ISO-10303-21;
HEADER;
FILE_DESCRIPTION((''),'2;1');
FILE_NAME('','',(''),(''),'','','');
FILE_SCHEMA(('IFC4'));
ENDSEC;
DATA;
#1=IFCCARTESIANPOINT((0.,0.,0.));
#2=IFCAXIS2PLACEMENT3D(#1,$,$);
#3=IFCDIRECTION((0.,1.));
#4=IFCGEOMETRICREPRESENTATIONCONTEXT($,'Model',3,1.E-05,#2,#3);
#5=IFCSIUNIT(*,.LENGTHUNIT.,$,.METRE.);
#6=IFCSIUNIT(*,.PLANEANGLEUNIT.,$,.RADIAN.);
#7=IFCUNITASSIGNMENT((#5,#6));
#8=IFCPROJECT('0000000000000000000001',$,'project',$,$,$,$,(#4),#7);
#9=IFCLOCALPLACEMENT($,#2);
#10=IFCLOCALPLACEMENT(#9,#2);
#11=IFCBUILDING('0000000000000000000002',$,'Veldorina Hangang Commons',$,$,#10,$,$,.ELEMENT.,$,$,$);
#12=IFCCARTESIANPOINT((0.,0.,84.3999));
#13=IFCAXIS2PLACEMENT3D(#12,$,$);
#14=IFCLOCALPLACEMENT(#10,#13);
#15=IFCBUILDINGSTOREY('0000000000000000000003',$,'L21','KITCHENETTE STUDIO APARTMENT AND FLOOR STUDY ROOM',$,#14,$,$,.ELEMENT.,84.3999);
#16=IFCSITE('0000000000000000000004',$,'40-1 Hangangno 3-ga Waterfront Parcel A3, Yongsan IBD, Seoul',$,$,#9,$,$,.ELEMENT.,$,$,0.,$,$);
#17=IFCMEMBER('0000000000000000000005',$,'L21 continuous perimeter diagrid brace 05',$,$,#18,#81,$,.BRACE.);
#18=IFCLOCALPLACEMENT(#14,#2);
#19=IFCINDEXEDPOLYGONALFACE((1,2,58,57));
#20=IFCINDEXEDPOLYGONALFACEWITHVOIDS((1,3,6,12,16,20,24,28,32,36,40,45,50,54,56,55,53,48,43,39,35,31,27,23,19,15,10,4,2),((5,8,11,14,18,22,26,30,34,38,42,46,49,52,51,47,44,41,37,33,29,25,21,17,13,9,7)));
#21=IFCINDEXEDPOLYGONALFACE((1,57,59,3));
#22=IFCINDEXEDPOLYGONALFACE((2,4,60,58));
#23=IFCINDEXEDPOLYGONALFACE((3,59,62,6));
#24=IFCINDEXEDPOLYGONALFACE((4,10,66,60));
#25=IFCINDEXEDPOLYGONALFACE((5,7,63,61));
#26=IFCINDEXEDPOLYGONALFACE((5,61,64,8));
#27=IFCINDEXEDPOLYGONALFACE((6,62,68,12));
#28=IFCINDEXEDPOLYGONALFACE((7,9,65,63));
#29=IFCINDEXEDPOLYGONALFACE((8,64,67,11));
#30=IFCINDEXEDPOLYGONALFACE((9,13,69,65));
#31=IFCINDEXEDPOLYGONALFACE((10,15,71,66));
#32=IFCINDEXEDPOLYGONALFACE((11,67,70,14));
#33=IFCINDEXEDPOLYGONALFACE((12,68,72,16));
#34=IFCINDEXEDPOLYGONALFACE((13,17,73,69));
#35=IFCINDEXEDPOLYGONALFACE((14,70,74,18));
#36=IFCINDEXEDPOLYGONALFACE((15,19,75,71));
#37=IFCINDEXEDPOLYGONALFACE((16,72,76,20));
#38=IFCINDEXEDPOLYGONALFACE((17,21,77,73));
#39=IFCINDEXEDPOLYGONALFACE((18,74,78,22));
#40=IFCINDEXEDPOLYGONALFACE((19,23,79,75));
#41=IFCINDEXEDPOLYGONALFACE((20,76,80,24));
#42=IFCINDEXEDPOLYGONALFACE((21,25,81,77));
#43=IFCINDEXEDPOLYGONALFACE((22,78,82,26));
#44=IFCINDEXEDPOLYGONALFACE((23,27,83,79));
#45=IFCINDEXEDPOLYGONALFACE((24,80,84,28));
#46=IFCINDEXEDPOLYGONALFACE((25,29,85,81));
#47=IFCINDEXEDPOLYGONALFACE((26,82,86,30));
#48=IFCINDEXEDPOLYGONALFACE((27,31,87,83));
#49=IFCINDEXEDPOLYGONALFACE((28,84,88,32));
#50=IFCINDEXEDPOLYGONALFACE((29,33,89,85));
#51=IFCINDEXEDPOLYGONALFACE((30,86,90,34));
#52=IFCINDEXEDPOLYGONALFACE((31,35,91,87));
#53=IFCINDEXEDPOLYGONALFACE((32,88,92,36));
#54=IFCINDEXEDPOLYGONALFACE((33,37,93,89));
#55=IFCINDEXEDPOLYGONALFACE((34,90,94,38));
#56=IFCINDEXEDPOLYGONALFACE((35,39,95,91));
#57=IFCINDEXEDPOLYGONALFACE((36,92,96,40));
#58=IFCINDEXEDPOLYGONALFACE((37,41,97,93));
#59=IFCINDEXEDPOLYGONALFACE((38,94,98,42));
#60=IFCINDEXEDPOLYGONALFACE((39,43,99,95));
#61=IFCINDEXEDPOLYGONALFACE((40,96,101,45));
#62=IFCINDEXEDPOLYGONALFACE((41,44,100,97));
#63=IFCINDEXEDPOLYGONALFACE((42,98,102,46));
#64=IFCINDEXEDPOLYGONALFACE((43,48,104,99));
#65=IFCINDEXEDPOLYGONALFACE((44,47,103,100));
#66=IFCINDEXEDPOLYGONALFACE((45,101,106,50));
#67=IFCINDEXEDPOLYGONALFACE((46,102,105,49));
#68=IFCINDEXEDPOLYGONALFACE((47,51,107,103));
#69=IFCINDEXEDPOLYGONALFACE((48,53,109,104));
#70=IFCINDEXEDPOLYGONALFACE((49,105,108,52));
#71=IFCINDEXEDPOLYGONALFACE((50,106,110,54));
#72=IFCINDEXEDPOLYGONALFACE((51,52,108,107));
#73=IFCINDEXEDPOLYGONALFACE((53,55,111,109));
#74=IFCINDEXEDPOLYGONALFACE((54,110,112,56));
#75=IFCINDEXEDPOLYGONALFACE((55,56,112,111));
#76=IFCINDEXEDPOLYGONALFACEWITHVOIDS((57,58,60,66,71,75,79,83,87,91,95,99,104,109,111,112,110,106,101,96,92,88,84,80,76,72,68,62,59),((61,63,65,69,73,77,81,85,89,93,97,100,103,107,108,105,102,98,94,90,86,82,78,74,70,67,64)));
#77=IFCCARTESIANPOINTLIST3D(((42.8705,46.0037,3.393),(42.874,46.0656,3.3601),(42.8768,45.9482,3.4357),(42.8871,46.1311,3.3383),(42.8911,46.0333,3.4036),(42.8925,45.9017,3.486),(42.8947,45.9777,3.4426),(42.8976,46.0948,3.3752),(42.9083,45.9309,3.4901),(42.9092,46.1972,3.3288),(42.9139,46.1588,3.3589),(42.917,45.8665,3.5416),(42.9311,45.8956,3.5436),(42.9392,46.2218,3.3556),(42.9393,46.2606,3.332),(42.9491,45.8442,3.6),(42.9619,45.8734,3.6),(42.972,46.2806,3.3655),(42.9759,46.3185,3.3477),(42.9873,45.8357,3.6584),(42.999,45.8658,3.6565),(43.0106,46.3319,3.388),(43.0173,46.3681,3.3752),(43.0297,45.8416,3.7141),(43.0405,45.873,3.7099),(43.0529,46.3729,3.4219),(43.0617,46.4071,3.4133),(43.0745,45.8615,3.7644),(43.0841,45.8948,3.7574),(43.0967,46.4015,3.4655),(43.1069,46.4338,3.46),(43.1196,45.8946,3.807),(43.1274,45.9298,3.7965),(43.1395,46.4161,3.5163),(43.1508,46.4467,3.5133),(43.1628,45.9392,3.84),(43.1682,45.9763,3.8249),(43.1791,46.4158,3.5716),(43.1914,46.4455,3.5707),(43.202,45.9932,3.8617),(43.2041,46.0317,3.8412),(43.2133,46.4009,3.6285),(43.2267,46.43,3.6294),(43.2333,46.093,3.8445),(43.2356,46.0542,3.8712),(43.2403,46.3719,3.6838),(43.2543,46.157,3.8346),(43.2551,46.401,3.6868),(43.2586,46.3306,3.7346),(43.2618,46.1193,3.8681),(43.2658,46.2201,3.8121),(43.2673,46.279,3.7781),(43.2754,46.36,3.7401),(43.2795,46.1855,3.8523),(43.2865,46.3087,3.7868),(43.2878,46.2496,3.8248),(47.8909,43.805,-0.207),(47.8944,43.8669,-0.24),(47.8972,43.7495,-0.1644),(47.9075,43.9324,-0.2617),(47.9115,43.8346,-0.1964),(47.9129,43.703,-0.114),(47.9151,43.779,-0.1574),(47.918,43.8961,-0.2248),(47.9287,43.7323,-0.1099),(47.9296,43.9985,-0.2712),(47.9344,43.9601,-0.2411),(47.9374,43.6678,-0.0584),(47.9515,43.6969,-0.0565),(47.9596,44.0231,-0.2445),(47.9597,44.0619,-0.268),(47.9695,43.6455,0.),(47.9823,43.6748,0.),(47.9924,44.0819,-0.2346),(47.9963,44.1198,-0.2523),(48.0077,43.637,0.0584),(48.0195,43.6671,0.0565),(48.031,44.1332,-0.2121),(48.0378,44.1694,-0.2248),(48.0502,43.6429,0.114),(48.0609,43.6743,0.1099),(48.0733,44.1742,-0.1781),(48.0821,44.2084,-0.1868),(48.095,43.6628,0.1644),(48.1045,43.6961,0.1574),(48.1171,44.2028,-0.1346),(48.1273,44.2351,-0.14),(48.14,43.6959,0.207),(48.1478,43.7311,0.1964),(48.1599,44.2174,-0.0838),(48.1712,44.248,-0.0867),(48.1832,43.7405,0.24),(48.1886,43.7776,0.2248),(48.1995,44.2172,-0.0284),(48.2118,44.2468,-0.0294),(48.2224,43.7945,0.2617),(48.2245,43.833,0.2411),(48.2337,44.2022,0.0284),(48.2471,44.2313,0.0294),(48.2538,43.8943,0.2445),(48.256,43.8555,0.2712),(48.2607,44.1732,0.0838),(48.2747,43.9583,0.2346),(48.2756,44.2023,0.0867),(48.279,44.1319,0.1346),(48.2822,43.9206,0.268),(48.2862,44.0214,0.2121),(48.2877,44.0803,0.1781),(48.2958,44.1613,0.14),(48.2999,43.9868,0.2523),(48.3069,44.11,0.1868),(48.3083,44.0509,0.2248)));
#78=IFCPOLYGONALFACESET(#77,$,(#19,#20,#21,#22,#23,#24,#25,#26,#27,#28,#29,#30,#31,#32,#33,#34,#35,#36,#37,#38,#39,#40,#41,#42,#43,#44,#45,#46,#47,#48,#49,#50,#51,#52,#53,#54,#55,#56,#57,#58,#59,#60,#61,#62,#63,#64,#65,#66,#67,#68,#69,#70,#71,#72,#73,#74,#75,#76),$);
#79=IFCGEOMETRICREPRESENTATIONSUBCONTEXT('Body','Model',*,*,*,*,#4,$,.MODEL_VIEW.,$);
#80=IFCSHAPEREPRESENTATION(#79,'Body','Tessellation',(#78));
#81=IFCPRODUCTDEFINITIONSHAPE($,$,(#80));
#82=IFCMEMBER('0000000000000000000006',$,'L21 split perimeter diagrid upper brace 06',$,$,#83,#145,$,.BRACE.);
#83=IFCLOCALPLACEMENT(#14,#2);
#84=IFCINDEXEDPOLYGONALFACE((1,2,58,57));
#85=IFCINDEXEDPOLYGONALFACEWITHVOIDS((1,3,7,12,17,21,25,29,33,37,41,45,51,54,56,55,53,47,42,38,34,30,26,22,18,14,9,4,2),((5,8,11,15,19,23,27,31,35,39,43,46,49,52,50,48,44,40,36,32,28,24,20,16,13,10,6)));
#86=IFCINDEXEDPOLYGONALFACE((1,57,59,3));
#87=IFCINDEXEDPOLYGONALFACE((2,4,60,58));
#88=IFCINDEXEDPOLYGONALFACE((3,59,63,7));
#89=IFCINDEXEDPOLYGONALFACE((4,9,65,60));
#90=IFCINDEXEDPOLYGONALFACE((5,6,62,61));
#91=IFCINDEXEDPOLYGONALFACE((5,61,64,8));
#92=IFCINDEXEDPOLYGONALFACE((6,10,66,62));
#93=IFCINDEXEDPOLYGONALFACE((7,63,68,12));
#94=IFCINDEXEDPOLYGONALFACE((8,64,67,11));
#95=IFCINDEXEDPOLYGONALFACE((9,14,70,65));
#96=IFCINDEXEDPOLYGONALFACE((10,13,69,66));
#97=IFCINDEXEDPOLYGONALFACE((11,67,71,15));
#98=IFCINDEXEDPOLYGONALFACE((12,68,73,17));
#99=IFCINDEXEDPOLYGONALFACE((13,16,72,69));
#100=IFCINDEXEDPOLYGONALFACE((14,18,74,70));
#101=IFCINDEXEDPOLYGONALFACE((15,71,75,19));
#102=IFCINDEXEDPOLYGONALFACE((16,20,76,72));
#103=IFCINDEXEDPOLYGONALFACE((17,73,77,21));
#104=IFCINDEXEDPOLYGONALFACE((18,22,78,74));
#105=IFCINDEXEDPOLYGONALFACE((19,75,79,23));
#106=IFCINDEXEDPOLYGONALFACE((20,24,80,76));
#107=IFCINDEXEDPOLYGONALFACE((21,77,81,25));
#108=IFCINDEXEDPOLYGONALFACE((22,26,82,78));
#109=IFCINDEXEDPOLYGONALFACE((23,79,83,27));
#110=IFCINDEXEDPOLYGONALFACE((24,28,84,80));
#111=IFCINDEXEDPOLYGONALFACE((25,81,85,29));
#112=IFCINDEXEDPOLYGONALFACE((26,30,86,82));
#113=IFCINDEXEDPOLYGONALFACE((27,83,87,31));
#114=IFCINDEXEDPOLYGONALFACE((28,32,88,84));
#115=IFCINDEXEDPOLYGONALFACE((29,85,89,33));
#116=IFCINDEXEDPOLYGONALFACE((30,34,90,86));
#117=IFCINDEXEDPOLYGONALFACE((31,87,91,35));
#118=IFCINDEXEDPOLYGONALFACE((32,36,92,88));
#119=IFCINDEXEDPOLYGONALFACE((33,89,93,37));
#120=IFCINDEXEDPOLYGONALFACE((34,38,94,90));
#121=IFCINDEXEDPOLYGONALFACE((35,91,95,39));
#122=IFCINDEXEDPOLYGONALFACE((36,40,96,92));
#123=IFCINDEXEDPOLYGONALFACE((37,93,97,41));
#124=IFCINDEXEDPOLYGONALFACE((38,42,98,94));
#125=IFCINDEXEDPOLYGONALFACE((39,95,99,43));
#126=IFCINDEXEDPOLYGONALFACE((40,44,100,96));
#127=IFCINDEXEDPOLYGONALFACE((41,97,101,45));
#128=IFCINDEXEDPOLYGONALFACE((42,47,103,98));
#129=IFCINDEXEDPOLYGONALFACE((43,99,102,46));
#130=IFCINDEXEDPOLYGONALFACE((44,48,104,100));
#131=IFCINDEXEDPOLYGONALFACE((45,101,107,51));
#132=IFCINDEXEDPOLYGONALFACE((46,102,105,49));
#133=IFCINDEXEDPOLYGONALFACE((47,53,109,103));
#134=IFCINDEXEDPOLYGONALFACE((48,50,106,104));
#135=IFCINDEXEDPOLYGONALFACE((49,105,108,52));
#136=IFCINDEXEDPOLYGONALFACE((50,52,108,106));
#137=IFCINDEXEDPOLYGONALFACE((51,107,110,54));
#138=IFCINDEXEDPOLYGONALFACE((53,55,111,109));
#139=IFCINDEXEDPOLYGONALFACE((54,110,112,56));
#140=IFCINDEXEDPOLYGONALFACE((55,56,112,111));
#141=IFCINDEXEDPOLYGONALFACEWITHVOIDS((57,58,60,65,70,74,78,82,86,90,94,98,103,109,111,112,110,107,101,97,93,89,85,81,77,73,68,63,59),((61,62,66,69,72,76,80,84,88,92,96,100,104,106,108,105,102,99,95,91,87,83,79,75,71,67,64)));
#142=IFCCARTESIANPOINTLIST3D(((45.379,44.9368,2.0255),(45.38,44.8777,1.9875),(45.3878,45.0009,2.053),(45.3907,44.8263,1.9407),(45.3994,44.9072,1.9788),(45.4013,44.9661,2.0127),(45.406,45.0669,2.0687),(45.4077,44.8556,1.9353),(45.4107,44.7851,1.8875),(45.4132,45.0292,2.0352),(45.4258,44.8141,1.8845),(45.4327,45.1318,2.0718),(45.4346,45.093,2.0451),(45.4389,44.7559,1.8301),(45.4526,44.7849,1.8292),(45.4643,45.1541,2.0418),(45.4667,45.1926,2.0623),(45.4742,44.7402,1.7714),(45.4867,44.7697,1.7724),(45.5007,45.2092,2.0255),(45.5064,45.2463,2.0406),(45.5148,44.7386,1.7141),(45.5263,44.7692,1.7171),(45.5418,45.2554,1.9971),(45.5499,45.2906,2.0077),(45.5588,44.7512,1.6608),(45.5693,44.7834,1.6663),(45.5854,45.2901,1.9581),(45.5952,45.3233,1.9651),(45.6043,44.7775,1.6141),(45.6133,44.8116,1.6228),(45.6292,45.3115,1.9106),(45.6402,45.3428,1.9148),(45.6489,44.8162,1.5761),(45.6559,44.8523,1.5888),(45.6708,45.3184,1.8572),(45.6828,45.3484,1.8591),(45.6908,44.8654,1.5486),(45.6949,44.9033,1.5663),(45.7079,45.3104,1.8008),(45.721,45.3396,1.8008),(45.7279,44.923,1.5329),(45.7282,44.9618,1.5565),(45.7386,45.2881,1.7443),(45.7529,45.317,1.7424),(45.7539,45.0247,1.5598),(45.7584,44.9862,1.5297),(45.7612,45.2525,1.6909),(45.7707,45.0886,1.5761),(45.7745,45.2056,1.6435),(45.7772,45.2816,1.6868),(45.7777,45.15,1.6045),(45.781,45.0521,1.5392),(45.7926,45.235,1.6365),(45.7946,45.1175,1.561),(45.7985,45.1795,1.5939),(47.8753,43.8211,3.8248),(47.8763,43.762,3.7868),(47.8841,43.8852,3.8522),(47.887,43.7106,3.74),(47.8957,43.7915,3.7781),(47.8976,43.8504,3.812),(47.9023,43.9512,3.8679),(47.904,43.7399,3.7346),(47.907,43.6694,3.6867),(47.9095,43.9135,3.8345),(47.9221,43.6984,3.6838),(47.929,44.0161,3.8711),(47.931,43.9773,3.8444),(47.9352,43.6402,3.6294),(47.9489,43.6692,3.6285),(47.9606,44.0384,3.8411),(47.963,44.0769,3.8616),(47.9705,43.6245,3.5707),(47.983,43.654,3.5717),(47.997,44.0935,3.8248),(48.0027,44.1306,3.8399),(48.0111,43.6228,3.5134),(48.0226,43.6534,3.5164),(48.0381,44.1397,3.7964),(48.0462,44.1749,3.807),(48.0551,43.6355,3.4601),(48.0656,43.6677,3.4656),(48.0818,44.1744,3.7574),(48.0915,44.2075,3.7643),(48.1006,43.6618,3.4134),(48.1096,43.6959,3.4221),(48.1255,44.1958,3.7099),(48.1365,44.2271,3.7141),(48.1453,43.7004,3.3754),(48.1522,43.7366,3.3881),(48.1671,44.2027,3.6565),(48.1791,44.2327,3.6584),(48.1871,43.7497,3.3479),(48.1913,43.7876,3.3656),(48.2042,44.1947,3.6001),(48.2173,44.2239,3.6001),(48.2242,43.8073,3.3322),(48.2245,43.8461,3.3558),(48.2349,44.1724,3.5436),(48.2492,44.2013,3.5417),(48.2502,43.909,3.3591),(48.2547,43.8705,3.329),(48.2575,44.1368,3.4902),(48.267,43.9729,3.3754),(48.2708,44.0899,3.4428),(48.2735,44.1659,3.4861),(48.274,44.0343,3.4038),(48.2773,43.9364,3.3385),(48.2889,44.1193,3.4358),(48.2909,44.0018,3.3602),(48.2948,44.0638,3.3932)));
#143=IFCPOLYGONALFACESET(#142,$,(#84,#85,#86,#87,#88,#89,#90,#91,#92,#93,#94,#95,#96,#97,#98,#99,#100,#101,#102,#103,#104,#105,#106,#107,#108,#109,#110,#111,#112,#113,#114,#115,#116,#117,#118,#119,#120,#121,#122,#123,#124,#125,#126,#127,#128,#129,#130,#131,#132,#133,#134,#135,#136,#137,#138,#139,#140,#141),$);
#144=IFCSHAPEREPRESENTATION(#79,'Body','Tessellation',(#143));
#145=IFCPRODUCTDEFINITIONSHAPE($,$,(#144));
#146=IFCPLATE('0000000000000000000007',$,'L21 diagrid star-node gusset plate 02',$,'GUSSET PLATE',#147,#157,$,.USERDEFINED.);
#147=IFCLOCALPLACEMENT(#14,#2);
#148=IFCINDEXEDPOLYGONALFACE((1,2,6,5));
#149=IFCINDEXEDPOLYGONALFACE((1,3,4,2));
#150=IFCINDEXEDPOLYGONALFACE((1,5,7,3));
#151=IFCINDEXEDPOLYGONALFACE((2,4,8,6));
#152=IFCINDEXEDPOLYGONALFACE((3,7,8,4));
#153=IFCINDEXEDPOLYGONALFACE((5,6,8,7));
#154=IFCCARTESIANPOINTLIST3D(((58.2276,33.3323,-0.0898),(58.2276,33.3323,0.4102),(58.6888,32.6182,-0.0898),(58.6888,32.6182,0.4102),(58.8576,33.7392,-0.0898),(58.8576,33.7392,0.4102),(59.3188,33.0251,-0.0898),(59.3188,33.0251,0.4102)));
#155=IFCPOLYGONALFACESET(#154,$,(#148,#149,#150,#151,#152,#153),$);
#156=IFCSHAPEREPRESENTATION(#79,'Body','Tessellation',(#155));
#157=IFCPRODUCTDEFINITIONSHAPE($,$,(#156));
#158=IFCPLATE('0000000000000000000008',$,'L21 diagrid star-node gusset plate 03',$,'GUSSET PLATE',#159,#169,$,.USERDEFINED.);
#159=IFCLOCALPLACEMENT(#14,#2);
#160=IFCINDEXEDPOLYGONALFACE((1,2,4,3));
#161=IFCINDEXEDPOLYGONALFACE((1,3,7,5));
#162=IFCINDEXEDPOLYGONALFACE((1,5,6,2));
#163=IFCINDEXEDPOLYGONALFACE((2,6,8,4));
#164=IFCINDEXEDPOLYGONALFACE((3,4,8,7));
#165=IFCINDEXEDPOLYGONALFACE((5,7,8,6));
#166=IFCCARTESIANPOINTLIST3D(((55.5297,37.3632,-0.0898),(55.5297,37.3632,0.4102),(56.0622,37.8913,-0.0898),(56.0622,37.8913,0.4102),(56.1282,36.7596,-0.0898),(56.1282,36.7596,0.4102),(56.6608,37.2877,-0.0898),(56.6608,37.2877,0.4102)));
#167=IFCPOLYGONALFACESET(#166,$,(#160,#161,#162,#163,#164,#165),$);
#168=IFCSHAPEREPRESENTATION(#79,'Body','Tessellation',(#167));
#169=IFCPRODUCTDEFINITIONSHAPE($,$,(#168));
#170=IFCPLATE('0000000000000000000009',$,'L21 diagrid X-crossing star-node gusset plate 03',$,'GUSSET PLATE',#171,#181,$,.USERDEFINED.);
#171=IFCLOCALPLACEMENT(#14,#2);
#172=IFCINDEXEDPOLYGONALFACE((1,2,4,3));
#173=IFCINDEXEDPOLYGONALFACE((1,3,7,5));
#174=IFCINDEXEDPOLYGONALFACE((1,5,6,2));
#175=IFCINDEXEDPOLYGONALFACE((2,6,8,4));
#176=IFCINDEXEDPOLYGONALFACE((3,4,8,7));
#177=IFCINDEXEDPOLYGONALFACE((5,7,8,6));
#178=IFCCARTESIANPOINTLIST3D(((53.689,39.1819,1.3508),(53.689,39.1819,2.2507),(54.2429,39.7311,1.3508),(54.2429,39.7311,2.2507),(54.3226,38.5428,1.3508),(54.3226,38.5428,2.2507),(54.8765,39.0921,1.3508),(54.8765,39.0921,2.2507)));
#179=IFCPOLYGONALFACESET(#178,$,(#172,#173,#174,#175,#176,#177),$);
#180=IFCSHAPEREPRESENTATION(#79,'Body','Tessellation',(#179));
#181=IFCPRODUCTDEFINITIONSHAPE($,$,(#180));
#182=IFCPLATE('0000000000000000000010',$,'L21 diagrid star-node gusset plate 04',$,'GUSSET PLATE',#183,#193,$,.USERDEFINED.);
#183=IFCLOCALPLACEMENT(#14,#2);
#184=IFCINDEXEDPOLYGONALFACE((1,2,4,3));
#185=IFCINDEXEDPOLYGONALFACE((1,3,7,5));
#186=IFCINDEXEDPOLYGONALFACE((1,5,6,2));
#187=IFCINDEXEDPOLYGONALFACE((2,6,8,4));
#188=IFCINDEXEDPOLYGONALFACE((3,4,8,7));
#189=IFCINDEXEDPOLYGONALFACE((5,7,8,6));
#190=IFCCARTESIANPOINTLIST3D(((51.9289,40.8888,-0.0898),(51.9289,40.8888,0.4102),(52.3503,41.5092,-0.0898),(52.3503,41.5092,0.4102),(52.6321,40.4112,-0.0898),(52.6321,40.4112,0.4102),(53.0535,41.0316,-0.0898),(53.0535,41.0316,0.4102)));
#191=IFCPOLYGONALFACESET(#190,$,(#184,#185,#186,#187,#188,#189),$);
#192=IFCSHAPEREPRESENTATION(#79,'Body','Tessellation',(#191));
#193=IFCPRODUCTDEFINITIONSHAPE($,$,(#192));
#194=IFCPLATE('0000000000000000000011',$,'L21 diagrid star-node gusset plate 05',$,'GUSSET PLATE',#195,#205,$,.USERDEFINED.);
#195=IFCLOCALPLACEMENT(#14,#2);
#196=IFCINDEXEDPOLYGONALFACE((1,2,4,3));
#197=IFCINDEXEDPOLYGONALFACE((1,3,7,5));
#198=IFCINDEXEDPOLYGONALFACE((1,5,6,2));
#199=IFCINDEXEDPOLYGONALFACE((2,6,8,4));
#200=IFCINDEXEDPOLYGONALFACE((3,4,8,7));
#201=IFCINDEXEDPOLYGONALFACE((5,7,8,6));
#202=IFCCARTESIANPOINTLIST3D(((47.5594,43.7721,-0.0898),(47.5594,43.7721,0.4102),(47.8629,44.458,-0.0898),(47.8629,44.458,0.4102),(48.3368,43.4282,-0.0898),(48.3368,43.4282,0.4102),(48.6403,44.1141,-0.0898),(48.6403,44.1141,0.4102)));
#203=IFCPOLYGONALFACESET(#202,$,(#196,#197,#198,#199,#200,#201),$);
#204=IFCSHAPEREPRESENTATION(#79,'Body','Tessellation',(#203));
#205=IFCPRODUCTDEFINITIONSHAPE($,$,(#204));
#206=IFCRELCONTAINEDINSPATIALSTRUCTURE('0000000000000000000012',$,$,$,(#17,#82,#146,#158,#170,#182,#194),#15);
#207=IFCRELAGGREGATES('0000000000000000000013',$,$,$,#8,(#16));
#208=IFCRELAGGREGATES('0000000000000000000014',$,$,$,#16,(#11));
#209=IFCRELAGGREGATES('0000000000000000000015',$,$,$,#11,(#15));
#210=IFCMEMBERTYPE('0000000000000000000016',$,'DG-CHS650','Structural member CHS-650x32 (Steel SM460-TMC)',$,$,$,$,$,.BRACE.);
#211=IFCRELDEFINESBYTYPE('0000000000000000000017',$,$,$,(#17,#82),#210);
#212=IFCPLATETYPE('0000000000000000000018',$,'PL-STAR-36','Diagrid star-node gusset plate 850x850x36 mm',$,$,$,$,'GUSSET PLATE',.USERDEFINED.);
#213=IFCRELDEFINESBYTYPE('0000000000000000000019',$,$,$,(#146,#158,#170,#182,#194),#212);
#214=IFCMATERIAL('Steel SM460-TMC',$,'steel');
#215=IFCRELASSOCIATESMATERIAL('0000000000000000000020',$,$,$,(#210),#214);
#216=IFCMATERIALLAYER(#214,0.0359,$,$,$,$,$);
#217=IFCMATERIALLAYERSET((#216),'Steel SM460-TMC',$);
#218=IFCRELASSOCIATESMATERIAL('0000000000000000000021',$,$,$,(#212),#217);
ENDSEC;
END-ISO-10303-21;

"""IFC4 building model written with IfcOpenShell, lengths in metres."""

from ifc_helpers import new_model, si_unit, direction, frame, origin, origin_2d, place, context, subcontext, project, spatial, rectangle, hollow_circle, extrude, material, layer, layer_set, material_profile, profile_set, type_object, element, save


model = new_model("IFC4")

# Units and contexts
model_context = context("Model", 3, precision=1e-05, world=origin(), true_north=direction((0.0, 1.0)))
body_context = subcontext(model_context, "Body", "Model", "MODEL_VIEW")
ifc_project = project(units=[si_unit("LENGTHUNIT", "METRE"), si_unit("PLANEANGLEUNIT", "RADIAN")], contexts=[model_context])

# Site, building, storey
site_placement = place(None, origin())
site = spatial("IfcSite", under=ifc_project, at=site_placement, Name="40-1 Hangangno 3-ga Waterfront Parcel A3, Yongsan IBD, Seoul", CompositionType="ELEMENT", RefElevation=0.0)
building_placement = place(site_placement, origin())
building = spatial("IfcBuilding", under=site, at=building_placement, Name="Veldorina Hangang Commons", CompositionType="ELEMENT")
storey_placement = place(building_placement, frame((0.0, 0.0, 84.3999)))
storey = spatial("IfcBuildingStorey", under=building, at=storey_placement, Name="L21", Description="KITCHENETTE STUDIO APARTMENT AND FLOOR STUDY ROOM", CompositionType="ELEMENT", Elevation=84.3999)

# Members
ifc_material_1 = material(Name="Steel SM460-TMC", Category="steel")
ifc_material_profile_1 = material_profile(ifc_material_1, hollow_circle(Radius=0.325, WallThickness=0.032, at=origin_2d()), Name="CHS-650x32")
ifc_profile_set_1 = profile_set([ifc_material_profile_1], Name="Steel SM460-TMC")
member_type = type_object("IfcMemberType", Name="DG-CHS650", Description="Structural member CHS-650x32 (Steel SM460-TMC)", PredefinedType="BRACE", material=ifc_profile_set_1)
member_1_placement = place(storey_placement, frame((48.0999, 43.9431, 0.0), z_axis=(-0.765615, 0.335301, 0.549006), x_axis=(-0.401165, -0.916006, 0.0)))
element("IfcMember", 1, at=member_1_placement, inside=storey, type_object=member_type, Name="L21 continuous perimeter diagrid brace 05", PredefinedType="BRACE", context=body_context, shape_type="SweptSolid", body=[
    extrude(hollow_circle(Radius=0.325, WallThickness=0.032, at=origin_2d()), origin(), (0.0, 0.0, 1.0), 6.5574),
])
member_2_placement = place(storey_placement, frame((45.5884, 45.043, 1.8008), z_axis=(0.762651, -0.340862, 0.549706), x_axis=(0.408043, 0.912963, 0.0)))
element("IfcMember", 2, at=member_2_placement, inside=storey, type_object=member_type, Name="L21 split perimeter diagrid upper brace 06", PredefinedType="BRACE", context=body_context, shape_type="SweptSolid", body=[
    extrude(hollow_circle(Radius=0.325, WallThickness=0.032, at=origin_2d()), origin(), (0.0, 0.0, 1.0), 3.2732),
])

# Plates
ifc_layer_1 = layer(ifc_material_1, 0.0359)
ifc_layer_set_1 = layer_set([ifc_layer_1], Name="Steel SM460-TMC")
plate_type = type_object("IfcPlateType", Name="PL-STAR-36", Description="Diagrid star-node gusset plate 850x850x36 mm", ElementType="GUSSET PLATE", PredefinedType="USERDEFINED", material=ifc_layer_set_1)
for number, where, z_axis, x_axis, name in (
    (3, (58.7732, 33.1787, -0.0898), (0.0, 0.0, 1.0), (-0.5425, 0.840056, 0.0), "L21 diagrid star-node gusset plate 02"),
    (4, (56.0952, 37.3254, -0.0898), (0.0, 0.0, 1.0), (-0.704101, 0.710099, 0.0), "L21 diagrid star-node gusset plate 03"),
):
    element("IfcPlate", number, at=place(storey_placement, frame(where, z_axis=z_axis, x_axis=x_axis)), inside=storey, type_object=plate_type, Name=name, ObjectType="GUSSET PLATE", PredefinedType="USERDEFINED", context=body_context, shape_type="SweptSolid", body=[
        extrude(rectangle(XDim=0.8501, YDim=0.75, at=origin_2d()), origin(), (0.0, 0.0, 1.0), 0.5),
    ])
plate_1_placement = place(storey_placement, frame((54.2827, 39.137, 1.3508), z_axis=(0.0, 0.0, 1.0), x_axis=(-0.704101, 0.710099, 0.0)))
element("IfcPlate", 5, at=plate_1_placement, inside=storey, type_object=plate_type, Name="L21 diagrid X-crossing star-node gusset plate 03", ObjectType="GUSSET PLATE", PredefinedType="USERDEFINED", context=body_context, shape_type="SweptSolid", body=[
    extrude(rectangle(XDim=0.8999, YDim=0.78, at=origin_2d()), origin(), (0.0, 0.0, 1.0), 0.8999),
])
for number, where, z_axis, x_axis, name in (
    (6, (52.4912, 40.9602, -0.0898), (0.0, 0.0, 1.0), (-0.827218, 0.561881, 0.0), "L21 diagrid star-node gusset plate 04"),
    (7, (48.0999, 43.9431, -0.0898), (0.0, 0.0, 1.0), (-0.914501, 0.404583, 0.0), "L21 diagrid star-node gusset plate 05"),
):
    element("IfcPlate", number, at=place(storey_placement, frame(where, z_axis=z_axis, x_axis=x_axis)), inside=storey, type_object=plate_type, Name=name, ObjectType="GUSSET PLATE", PredefinedType="USERDEFINED", context=body_context, shape_type="SweptSolid", body=[
        extrude(rectangle(XDim=0.8501, YDim=0.75, at=origin_2d()), origin(), (0.0, 0.0, 1.0), 0.5),
    ])

save(model, "model.ifc")
